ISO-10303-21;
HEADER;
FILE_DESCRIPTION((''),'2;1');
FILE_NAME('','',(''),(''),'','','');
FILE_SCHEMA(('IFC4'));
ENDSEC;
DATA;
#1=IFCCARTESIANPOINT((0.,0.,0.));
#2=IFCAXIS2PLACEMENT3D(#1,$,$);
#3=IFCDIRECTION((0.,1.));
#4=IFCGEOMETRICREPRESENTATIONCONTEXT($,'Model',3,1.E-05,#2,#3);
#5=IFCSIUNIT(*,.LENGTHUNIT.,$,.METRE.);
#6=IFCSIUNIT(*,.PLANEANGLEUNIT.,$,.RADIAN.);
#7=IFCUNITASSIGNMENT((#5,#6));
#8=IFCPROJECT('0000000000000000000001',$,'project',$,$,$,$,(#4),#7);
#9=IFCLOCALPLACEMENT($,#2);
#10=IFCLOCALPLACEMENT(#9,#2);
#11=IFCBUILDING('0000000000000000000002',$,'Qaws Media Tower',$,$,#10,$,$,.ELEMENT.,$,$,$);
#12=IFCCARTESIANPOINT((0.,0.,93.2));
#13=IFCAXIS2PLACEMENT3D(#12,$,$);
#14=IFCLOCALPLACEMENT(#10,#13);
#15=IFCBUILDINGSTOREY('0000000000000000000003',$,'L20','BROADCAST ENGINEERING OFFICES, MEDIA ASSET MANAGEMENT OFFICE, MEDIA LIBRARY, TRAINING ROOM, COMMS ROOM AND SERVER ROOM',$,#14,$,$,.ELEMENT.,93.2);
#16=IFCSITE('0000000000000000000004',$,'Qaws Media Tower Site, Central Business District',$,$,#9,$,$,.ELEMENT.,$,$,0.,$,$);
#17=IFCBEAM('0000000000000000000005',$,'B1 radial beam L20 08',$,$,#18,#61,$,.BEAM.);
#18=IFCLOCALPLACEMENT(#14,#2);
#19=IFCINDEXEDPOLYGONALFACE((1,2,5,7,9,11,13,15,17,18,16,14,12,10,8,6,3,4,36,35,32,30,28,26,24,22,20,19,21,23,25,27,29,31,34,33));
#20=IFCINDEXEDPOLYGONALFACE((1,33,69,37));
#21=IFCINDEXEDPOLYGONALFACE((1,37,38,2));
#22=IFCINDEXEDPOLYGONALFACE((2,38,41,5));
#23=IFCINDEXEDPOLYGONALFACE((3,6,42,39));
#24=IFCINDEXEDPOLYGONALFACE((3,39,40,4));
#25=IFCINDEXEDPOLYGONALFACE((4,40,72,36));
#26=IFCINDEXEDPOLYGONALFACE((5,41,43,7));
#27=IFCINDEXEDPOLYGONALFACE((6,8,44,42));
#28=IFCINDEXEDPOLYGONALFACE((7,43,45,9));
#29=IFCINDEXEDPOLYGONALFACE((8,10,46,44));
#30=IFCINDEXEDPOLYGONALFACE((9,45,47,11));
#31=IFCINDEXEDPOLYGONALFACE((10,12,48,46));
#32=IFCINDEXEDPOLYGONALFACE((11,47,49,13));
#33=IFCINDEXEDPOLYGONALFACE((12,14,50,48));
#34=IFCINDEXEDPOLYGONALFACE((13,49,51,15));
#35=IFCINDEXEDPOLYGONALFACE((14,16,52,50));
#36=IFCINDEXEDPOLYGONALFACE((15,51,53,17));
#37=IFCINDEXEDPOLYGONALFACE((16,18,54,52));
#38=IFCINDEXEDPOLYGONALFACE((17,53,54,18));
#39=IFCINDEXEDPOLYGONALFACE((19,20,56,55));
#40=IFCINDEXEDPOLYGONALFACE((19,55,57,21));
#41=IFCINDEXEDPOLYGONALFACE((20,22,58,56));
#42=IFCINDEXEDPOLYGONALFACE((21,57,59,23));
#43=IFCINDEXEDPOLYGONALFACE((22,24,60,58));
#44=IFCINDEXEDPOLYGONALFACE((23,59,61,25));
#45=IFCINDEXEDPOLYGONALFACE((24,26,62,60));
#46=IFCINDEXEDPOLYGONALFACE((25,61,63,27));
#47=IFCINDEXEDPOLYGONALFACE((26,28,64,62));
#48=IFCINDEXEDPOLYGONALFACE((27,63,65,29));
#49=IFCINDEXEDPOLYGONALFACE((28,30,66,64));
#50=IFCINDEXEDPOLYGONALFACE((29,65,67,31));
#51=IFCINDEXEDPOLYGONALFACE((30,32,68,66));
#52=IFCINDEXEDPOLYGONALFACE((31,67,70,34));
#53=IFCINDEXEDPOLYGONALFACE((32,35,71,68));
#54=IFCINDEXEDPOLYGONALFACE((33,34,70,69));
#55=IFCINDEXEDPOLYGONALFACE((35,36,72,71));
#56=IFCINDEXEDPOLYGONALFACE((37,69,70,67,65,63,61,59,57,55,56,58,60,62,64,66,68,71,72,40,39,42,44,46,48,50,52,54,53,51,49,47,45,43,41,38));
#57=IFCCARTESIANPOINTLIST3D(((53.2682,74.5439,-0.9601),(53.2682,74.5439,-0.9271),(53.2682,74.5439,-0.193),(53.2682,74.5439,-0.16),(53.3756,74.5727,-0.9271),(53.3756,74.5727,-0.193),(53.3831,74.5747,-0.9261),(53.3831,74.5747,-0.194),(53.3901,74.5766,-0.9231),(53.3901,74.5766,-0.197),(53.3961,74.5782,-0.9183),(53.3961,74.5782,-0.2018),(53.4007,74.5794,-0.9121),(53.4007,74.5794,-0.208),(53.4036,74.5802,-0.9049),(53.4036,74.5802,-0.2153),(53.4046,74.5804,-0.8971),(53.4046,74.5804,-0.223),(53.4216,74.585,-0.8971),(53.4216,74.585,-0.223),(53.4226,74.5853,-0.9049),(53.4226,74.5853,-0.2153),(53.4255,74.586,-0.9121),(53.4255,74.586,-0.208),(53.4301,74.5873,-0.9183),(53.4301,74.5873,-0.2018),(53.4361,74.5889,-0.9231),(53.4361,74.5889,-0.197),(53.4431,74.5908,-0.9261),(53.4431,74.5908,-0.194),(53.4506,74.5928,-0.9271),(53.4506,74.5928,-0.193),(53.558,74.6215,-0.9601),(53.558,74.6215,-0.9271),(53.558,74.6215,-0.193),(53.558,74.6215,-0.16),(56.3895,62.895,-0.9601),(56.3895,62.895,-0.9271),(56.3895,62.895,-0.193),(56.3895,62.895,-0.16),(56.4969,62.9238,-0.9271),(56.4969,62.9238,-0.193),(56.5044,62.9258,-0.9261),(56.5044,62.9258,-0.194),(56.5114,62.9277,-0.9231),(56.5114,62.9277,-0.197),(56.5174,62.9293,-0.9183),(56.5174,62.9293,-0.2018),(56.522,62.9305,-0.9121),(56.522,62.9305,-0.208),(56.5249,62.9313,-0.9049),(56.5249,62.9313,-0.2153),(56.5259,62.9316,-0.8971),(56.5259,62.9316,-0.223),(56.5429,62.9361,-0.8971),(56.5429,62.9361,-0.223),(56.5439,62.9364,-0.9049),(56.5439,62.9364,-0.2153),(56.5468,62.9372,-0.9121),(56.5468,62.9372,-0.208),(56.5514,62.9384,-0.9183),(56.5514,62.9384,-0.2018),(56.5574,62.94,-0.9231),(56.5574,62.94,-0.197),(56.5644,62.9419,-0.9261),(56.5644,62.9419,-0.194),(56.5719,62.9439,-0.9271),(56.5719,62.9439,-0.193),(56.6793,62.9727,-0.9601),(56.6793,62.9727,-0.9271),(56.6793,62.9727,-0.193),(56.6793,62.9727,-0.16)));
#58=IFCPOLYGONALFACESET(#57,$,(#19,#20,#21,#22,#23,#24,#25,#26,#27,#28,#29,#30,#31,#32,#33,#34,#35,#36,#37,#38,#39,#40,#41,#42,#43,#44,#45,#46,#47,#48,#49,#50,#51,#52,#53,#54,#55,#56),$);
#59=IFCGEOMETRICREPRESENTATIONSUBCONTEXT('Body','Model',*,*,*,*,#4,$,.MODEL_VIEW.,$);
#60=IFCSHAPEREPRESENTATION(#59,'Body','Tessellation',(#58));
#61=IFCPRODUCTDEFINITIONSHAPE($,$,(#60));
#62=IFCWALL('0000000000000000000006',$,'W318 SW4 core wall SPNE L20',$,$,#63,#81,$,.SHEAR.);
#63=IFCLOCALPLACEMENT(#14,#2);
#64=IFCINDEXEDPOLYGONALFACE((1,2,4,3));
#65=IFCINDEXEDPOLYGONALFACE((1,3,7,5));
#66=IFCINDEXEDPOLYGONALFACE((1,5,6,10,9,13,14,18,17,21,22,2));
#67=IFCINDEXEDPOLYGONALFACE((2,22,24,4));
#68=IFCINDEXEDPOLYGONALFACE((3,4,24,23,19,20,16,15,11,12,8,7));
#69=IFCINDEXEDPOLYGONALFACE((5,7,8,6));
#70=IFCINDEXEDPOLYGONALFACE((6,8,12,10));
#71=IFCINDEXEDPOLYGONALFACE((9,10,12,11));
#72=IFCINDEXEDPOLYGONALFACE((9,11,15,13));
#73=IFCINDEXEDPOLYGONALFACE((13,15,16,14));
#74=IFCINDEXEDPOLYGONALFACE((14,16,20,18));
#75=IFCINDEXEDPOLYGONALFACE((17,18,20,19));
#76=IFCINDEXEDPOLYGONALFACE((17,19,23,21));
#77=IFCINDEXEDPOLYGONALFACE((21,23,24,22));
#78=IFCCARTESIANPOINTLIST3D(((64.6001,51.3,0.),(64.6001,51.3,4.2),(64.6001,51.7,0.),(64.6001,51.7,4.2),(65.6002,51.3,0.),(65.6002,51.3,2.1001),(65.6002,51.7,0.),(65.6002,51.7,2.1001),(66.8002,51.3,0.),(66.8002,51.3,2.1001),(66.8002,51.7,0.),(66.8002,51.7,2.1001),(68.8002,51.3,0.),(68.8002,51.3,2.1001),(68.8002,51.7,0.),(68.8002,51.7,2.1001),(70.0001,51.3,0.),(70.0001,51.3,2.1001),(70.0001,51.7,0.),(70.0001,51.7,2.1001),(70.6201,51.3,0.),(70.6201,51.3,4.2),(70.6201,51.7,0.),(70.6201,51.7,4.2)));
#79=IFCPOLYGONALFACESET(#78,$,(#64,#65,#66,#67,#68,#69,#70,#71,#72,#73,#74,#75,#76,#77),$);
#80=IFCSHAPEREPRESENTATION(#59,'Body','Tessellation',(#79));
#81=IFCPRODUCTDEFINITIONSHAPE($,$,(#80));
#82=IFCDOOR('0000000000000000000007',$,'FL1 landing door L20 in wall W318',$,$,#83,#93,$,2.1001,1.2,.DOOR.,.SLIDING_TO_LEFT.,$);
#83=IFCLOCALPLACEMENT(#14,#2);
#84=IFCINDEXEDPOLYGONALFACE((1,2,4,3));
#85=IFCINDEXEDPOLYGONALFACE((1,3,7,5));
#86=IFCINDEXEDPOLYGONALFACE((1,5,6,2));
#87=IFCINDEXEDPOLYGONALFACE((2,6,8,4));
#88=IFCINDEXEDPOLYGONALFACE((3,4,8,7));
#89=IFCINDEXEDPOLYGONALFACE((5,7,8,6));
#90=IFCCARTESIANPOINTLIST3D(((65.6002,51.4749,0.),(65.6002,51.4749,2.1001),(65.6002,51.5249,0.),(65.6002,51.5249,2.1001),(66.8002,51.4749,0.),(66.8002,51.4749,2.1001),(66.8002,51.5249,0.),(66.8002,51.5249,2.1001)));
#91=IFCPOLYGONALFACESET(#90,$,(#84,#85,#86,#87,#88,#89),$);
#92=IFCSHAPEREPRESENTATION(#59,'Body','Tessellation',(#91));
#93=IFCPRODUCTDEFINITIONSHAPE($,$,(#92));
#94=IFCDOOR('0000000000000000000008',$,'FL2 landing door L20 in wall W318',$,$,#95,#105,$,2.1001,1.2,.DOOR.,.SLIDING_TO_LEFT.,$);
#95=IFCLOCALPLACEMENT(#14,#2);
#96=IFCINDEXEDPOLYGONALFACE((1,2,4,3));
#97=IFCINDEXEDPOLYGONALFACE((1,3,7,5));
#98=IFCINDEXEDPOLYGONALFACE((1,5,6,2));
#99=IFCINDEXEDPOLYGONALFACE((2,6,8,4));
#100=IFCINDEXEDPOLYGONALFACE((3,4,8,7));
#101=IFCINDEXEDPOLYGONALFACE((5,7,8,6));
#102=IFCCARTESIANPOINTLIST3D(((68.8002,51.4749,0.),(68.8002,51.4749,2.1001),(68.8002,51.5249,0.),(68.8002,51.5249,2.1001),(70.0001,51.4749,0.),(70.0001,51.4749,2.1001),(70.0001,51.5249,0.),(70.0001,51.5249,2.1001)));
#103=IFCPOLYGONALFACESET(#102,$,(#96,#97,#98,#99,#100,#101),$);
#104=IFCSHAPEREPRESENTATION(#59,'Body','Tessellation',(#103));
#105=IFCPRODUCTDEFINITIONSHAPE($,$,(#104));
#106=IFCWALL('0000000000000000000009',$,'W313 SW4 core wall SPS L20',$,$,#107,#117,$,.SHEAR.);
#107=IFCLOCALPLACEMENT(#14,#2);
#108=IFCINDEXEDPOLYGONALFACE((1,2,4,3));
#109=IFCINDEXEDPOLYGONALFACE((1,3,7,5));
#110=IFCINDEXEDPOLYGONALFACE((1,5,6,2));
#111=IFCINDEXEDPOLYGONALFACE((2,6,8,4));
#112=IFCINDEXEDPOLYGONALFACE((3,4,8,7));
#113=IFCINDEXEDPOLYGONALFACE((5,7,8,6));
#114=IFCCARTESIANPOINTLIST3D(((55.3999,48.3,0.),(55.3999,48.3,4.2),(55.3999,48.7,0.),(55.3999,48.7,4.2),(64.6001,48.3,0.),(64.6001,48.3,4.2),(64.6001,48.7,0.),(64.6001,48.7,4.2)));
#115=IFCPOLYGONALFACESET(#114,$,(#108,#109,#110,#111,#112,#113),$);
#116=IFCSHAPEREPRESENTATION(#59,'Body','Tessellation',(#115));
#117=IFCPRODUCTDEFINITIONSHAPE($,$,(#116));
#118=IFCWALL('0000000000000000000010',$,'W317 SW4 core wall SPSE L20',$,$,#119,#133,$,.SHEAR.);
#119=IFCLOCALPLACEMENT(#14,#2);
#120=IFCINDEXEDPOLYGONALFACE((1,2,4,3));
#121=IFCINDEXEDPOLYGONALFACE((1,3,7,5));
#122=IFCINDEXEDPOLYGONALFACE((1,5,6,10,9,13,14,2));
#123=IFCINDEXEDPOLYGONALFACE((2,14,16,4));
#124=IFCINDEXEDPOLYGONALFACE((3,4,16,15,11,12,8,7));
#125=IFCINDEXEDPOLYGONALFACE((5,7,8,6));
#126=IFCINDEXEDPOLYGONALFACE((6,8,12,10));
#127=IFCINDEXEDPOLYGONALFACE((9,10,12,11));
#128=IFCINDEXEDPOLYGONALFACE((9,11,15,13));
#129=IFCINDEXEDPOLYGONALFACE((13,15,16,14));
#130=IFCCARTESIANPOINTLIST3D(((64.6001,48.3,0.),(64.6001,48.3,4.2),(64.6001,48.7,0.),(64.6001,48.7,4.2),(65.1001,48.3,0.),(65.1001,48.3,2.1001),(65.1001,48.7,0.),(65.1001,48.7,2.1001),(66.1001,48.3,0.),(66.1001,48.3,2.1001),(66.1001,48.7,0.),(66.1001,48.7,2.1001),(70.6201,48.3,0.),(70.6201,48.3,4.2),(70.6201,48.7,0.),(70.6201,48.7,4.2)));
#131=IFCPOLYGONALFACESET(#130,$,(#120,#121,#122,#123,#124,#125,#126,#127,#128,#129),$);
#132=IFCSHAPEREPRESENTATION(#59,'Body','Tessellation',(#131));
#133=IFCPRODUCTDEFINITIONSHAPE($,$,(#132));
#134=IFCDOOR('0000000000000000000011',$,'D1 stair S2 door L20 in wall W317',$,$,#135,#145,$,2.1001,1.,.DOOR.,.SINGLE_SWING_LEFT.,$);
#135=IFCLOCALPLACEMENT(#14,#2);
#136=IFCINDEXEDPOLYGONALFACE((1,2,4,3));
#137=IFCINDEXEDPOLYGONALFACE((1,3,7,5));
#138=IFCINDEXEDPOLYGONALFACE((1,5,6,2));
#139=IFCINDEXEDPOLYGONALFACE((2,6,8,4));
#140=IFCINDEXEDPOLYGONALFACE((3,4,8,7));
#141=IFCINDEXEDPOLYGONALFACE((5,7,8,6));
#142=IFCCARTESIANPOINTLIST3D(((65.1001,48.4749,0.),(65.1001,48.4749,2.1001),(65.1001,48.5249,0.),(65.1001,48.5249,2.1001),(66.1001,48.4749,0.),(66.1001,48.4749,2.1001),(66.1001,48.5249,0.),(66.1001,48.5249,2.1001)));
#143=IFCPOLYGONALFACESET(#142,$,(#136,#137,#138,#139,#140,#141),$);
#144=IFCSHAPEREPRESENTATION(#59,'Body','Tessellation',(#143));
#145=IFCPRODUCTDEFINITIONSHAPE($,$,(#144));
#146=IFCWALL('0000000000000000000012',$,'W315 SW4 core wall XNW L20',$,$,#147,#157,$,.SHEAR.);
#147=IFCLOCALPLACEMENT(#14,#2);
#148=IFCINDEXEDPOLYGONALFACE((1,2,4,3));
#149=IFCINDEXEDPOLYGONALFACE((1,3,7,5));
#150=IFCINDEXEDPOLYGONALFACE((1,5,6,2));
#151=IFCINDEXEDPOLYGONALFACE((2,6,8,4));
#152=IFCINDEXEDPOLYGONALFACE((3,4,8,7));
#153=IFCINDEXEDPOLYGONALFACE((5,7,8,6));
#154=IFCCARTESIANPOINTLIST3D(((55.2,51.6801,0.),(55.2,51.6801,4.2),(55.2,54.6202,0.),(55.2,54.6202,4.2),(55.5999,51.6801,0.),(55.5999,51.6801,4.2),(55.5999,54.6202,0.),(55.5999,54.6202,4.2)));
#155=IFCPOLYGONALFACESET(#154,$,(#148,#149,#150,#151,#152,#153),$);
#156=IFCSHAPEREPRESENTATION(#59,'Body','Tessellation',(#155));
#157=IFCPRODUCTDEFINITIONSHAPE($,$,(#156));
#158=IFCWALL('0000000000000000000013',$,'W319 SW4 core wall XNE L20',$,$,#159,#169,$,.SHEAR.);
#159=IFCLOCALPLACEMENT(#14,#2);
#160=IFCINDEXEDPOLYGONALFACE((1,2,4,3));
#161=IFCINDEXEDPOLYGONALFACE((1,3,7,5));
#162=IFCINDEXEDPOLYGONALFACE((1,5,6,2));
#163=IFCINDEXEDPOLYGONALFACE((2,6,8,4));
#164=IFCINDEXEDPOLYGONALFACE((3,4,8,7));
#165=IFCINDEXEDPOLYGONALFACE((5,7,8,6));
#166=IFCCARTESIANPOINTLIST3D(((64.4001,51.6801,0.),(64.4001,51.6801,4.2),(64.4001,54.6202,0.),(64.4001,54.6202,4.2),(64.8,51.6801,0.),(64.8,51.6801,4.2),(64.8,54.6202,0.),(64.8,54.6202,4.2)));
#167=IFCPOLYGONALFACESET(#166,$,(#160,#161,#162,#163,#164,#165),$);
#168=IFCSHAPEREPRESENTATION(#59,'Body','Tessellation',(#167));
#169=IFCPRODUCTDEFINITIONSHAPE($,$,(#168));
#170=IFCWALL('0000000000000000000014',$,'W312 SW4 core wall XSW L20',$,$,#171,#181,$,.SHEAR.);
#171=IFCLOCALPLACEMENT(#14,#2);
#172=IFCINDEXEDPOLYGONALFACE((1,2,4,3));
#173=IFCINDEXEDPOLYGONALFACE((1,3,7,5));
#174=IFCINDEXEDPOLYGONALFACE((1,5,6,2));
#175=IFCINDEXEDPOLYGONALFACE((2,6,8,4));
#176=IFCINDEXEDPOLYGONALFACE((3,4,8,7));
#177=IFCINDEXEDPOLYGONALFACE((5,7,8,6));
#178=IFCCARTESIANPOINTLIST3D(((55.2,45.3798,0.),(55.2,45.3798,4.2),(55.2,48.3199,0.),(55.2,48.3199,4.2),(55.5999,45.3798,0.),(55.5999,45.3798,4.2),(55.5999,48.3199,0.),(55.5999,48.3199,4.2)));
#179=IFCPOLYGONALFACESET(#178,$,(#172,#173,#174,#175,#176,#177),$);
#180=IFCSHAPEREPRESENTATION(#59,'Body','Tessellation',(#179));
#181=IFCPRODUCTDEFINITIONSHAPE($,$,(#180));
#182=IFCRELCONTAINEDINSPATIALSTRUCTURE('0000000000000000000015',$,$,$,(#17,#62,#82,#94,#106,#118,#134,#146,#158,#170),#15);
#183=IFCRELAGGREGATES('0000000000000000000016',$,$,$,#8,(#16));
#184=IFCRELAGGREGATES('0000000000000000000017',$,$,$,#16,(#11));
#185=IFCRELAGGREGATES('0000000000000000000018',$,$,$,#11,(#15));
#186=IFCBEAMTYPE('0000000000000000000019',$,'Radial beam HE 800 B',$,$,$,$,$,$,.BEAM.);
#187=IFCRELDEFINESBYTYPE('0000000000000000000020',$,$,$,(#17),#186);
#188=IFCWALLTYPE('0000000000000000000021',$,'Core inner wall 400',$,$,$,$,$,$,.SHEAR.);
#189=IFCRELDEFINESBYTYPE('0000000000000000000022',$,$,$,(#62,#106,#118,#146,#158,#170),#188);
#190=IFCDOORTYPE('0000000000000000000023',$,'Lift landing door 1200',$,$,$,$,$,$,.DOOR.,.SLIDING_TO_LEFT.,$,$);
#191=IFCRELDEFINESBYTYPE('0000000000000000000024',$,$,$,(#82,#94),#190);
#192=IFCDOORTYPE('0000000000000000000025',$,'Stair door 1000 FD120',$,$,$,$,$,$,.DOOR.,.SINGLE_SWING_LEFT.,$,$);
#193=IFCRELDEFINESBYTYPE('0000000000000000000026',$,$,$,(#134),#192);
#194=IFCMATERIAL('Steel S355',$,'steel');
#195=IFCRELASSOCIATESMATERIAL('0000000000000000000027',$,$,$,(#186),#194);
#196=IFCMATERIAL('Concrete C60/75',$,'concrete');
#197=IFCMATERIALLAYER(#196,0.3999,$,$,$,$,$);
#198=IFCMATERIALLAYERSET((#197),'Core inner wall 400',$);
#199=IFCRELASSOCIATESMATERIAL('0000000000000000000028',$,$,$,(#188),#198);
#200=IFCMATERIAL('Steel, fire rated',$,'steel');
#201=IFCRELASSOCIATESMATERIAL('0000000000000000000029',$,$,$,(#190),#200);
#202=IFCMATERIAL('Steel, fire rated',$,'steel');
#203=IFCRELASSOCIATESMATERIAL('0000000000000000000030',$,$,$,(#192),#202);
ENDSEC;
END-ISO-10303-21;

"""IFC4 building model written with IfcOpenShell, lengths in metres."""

from ifc_helpers import new_model, si_unit, direction, frame, frame_2d, origin, origin_2d, place, context, subcontext, project, spatial, rectangle, i_section, extrude, material, layer, layer_set, material_profile, profile_set, type_object, element, fill, save


model = new_model("IFC4")

# Units and contexts
model_context = context("Model", 3, precision=1e-05, world=origin(), true_north=direction((0.0, 1.0)))
body_context = subcontext(model_context, "Body", "Model", "MODEL_VIEW")
ifc_project = project(units=[si_unit("LENGTHUNIT", "METRE"), si_unit("PLANEANGLEUNIT", "RADIAN")], contexts=[model_context])

# Site, building, storey
site_placement = place(None, origin())
site = spatial("IfcSite", under=ifc_project, at=site_placement, Name="Qaws Media Tower Site, Central Business District", CompositionType="ELEMENT", RefElevation=0.0)
building_placement = place(site_placement, origin())
building = spatial("IfcBuilding", under=site, at=building_placement, Name="Qaws Media Tower", CompositionType="ELEMENT")
storey_placement = place(building_placement, frame((0.0, 0.0, 93.2)))
storey = spatial("IfcBuildingStorey", under=building, at=storey_placement, Name="L20", Description="BROADCAST ENGINEERING OFFICES, MEDIA ASSET MANAGEMENT OFFICE, MEDIA LIBRARY, TRAINING ROOM, COMMS ROOM AND SERVER ROOM", CompositionType="ELEMENT", Elevation=93.2)

# Beam
ifc_material_1 = material(Name="Steel S355", Category="steel")
ifc_material_profile_1 = material_profile(ifc_material_1, i_section(OverallWidth=0.3, OverallDepth=0.8, WebThickness=0.0176, FlangeThickness=0.033, FilletRadius=0.03, at=origin_2d()), Name="HE 800 B")
ifc_profile_set_1 = profile_set([ifc_material_profile_1], Name="Steel S355")
beam_type_1 = type_object("IfcBeamType", Name="Radial beam HE 800 B", PredefinedType="BEAM", material=ifc_profile_set_1)
for number, where, z_axis, x_axis, name in (
    (1, (56.5344, 62.9338, -0.5601), (-0.25882, 0.965925, 0.0), (-0.965925, -0.25882, 0.0), "B1 radial beam L20 08"),
):
    element("IfcBeam", number, at=place(storey_placement, frame(where, z_axis=z_axis, x_axis=x_axis)), inside=storey, type_object=beam_type_1, Name=name, PredefinedType="BEAM", context=body_context, shape_type="SweptSolid", body=[
        extrude(i_section(OverallWidth=0.3, OverallDepth=0.8, WebThickness=0.0176, FlangeThickness=0.033, FilletRadius=0.03, at=origin_2d()), origin(), (0.0, 0.0, 1.0), 12.0598),
    ])

# Wall, openings, doors
ifc_material_2 = material(Name="Concrete C60/75", Category="concrete")
ifc_layer_1 = layer(ifc_material_2, 0.3999)
ifc_layer_set_1 = layer_set([ifc_layer_1], Name="Core inner wall 400")
wall_type_1 = type_object("IfcWallType", Name="Core inner wall 400", PredefinedType="SHEAR", material=ifc_layer_set_1)
wall_1_placement = place(storey_placement, frame((64.6001, 51.5, 0.0), z_axis=(0.0, 0.0, 1.0), x_axis=(1.0, 0.0, 0.0)))
wall_1 = element("IfcWall", 2, at=wall_1_placement, inside=storey, type_object=wall_type_1, Name="W318 SW4 core wall SPNE L20", PredefinedType="SHEAR", context=body_context, shape_type="SweptSolid", body=[
    extrude(rectangle(XDim=6.02, YDim=0.3999, at=frame_2d((3.01, 0.0))), origin(), (0.0, 0.0, 1.0), 4.2),
])
opening_1_placement = place(wall_1_placement, frame((1.0, 0.0, 0.0)))
opening_1 = element("IfcOpeningElement", 3, at=opening_1_placement, cuts=wall_1, PredefinedType="OPENING", context=body_context, shape_type="SweptSolid", body=[
    extrude(rectangle(XDim=1.2, YDim=2.1001, at=frame_2d((0.6001, 1.05))), frame((0.0, 0.21, 0.0), z_axis=(0.0, -1.0, 0.0), x_axis=(1.0, 0.0, 0.0)), (0.0, 0.0, 1.0), 0.4199),
])
opening_2_placement = place(wall_1_placement, frame((4.2, 0.0, 0.0)))
opening_2 = element("IfcOpeningElement", 4, at=opening_2_placement, cuts=wall_1, PredefinedType="OPENING", context=body_context, shape_type="SweptSolid", body=[
    extrude(rectangle(XDim=1.2, YDim=2.1001, at=frame_2d((0.6001, 1.05))), frame((0.0, 0.21, 0.0), z_axis=(0.0, -1.0, 0.0), x_axis=(1.0, 0.0, 0.0)), (0.0, 0.0, 1.0), 0.4199),
])
ifc_material_3 = material(Name="Steel, fire rated", Category="steel")
door_type_1 = type_object("IfcDoorType", Name="Lift landing door 1200", OperationType="SLIDING_TO_LEFT", PredefinedType="DOOR", material=ifc_material_3)
door_1_placement = place(opening_1_placement, origin())
door_1 = element("IfcDoor", 5, at=door_1_placement, inside=storey, type_object=door_type_1, Name="FL1 landing door L20 in wall W318", OperationType="SLIDING_TO_LEFT", OverallHeight=2.1001, OverallWidth=1.2, PredefinedType="DOOR", context=body_context, shape_type="SweptSolid", body=[
    extrude(rectangle(XDim=1.2, YDim=2.1001, at=frame_2d((0.6001, 1.05))), frame((0.0, 0.0249, 0.0), z_axis=(0.0, -1.0, 0.0), x_axis=(1.0, 0.0, 0.0)), (0.0, 0.0, 1.0), 0.05),
])
fill(opening_1, door_1)
door_2_placement = place(opening_2_placement, origin())
door_2 = element("IfcDoor", 6, at=door_2_placement, inside=storey, type_object=door_type_1, Name="FL2 landing door L20 in wall W318", OperationType="SLIDING_TO_LEFT", OverallHeight=2.1001, OverallWidth=1.2, PredefinedType="DOOR", context=body_context, shape_type="SweptSolid", body=[
    extrude(rectangle(XDim=1.2, YDim=2.1001, at=frame_2d((0.6001, 1.05))), frame((0.0, 0.0249, 0.0), z_axis=(0.0, -1.0, 0.0), x_axis=(1.0, 0.0, 0.0)), (0.0, 0.0, 1.0), 0.05),
])
fill(opening_2, door_2)

# Wall
wall_2_placement = place(storey_placement, frame((55.3999, 48.5, 0.0), z_axis=(0.0, 0.0, 1.0), x_axis=(1.0, 0.0, 0.0)))
element("IfcWall", 7, at=wall_2_placement, inside=storey, type_object=wall_type_1, Name="W313 SW4 core wall SPS L20", PredefinedType="SHEAR", context=body_context, shape_type="SweptSolid", body=[
    extrude(rectangle(XDim=9.2002, YDim=0.3999, at=frame_2d((4.6001, 0.0))), origin(), (0.0, 0.0, 1.0), 4.2),
])

# Wall, opening, door
wall_3_placement = place(storey_placement, frame((64.6001, 48.5, 0.0), z_axis=(0.0, 0.0, 1.0), x_axis=(1.0, 0.0, 0.0)))
wall_3 = element("IfcWall", 8, at=wall_3_placement, inside=storey, type_object=wall_type_1, Name="W317 SW4 core wall SPSE L20", PredefinedType="SHEAR", context=body_context, shape_type="SweptSolid", body=[
    extrude(rectangle(XDim=6.02, YDim=0.3999, at=frame_2d((3.01, 0.0))), origin(), (0.0, 0.0, 1.0), 4.2),
])
opening_3_placement = place(wall_3_placement, frame((0.5, 0.0, 0.0)))
opening_3 = element("IfcOpeningElement", 9, at=opening_3_placement, cuts=wall_3, PredefinedType="OPENING", context=body_context, shape_type="SweptSolid", body=[
    extrude(rectangle(XDim=1.0, YDim=2.1001, at=frame_2d((0.5, 1.05))), frame((0.0, 0.21, 0.0), z_axis=(0.0, -1.0, 0.0), x_axis=(1.0, 0.0, 0.0)), (0.0, 0.0, 1.0), 0.4199),
])
ifc_material_4 = material(Name="Steel, fire rated", Category="steel")
door_type_2 = type_object("IfcDoorType", Name="Stair door 1000 FD120", OperationType="SINGLE_SWING_LEFT", PredefinedType="DOOR", material=ifc_material_4)
door_3_placement = place(opening_3_placement, origin())
door_3 = element("IfcDoor", 10, at=door_3_placement, inside=storey, type_object=door_type_2, Name="D1 stair S2 door L20 in wall W317", OperationType="SINGLE_SWING_LEFT", OverallHeight=2.1001, OverallWidth=1.0, PredefinedType="DOOR", context=body_context, shape_type="SweptSolid", body=[
    extrude(rectangle(XDim=1.0, YDim=2.1001, at=frame_2d((0.5, 1.05))), frame((0.0, 0.0249, 0.0), z_axis=(0.0, -1.0, 0.0), x_axis=(1.0, 0.0, 0.0)), (0.0, 0.0, 1.0), 0.05),
])
fill(opening_3, door_3)

# Walls
for number, where, z_axis, x_axis, name in (
    (11, (55.3999, 51.6799, 0.0), (0.0, 0.0, 1.0), (0.0, 1.0, 0.0), "W315 SW4 core wall XNW L20"),
    (12, (64.6001, 51.6799, 0.0), (0.0, 0.0, 1.0), (0.0, 1.0, 0.0), "W319 SW4 core wall XNE L20"),
    (13, (55.3999, 48.3201, 0.0), (0.0, 0.0, 1.0), (0.0, -1.0, 0.0), "W312 SW4 core wall XSW L20"),
):
    element("IfcWall", number, at=place(storey_placement, frame(where, z_axis=z_axis, x_axis=x_axis)), inside=storey, type_object=wall_type_1, Name=name, PredefinedType="SHEAR", context=body_context, shape_type="SweptSolid", body=[
        extrude(rectangle(XDim=2.9402, YDim=0.3999, at=frame_2d((1.4702, 0.0))), origin(), (0.0, 0.0, 1.0), 4.2),
    ])

save(model, "model.ifc")
